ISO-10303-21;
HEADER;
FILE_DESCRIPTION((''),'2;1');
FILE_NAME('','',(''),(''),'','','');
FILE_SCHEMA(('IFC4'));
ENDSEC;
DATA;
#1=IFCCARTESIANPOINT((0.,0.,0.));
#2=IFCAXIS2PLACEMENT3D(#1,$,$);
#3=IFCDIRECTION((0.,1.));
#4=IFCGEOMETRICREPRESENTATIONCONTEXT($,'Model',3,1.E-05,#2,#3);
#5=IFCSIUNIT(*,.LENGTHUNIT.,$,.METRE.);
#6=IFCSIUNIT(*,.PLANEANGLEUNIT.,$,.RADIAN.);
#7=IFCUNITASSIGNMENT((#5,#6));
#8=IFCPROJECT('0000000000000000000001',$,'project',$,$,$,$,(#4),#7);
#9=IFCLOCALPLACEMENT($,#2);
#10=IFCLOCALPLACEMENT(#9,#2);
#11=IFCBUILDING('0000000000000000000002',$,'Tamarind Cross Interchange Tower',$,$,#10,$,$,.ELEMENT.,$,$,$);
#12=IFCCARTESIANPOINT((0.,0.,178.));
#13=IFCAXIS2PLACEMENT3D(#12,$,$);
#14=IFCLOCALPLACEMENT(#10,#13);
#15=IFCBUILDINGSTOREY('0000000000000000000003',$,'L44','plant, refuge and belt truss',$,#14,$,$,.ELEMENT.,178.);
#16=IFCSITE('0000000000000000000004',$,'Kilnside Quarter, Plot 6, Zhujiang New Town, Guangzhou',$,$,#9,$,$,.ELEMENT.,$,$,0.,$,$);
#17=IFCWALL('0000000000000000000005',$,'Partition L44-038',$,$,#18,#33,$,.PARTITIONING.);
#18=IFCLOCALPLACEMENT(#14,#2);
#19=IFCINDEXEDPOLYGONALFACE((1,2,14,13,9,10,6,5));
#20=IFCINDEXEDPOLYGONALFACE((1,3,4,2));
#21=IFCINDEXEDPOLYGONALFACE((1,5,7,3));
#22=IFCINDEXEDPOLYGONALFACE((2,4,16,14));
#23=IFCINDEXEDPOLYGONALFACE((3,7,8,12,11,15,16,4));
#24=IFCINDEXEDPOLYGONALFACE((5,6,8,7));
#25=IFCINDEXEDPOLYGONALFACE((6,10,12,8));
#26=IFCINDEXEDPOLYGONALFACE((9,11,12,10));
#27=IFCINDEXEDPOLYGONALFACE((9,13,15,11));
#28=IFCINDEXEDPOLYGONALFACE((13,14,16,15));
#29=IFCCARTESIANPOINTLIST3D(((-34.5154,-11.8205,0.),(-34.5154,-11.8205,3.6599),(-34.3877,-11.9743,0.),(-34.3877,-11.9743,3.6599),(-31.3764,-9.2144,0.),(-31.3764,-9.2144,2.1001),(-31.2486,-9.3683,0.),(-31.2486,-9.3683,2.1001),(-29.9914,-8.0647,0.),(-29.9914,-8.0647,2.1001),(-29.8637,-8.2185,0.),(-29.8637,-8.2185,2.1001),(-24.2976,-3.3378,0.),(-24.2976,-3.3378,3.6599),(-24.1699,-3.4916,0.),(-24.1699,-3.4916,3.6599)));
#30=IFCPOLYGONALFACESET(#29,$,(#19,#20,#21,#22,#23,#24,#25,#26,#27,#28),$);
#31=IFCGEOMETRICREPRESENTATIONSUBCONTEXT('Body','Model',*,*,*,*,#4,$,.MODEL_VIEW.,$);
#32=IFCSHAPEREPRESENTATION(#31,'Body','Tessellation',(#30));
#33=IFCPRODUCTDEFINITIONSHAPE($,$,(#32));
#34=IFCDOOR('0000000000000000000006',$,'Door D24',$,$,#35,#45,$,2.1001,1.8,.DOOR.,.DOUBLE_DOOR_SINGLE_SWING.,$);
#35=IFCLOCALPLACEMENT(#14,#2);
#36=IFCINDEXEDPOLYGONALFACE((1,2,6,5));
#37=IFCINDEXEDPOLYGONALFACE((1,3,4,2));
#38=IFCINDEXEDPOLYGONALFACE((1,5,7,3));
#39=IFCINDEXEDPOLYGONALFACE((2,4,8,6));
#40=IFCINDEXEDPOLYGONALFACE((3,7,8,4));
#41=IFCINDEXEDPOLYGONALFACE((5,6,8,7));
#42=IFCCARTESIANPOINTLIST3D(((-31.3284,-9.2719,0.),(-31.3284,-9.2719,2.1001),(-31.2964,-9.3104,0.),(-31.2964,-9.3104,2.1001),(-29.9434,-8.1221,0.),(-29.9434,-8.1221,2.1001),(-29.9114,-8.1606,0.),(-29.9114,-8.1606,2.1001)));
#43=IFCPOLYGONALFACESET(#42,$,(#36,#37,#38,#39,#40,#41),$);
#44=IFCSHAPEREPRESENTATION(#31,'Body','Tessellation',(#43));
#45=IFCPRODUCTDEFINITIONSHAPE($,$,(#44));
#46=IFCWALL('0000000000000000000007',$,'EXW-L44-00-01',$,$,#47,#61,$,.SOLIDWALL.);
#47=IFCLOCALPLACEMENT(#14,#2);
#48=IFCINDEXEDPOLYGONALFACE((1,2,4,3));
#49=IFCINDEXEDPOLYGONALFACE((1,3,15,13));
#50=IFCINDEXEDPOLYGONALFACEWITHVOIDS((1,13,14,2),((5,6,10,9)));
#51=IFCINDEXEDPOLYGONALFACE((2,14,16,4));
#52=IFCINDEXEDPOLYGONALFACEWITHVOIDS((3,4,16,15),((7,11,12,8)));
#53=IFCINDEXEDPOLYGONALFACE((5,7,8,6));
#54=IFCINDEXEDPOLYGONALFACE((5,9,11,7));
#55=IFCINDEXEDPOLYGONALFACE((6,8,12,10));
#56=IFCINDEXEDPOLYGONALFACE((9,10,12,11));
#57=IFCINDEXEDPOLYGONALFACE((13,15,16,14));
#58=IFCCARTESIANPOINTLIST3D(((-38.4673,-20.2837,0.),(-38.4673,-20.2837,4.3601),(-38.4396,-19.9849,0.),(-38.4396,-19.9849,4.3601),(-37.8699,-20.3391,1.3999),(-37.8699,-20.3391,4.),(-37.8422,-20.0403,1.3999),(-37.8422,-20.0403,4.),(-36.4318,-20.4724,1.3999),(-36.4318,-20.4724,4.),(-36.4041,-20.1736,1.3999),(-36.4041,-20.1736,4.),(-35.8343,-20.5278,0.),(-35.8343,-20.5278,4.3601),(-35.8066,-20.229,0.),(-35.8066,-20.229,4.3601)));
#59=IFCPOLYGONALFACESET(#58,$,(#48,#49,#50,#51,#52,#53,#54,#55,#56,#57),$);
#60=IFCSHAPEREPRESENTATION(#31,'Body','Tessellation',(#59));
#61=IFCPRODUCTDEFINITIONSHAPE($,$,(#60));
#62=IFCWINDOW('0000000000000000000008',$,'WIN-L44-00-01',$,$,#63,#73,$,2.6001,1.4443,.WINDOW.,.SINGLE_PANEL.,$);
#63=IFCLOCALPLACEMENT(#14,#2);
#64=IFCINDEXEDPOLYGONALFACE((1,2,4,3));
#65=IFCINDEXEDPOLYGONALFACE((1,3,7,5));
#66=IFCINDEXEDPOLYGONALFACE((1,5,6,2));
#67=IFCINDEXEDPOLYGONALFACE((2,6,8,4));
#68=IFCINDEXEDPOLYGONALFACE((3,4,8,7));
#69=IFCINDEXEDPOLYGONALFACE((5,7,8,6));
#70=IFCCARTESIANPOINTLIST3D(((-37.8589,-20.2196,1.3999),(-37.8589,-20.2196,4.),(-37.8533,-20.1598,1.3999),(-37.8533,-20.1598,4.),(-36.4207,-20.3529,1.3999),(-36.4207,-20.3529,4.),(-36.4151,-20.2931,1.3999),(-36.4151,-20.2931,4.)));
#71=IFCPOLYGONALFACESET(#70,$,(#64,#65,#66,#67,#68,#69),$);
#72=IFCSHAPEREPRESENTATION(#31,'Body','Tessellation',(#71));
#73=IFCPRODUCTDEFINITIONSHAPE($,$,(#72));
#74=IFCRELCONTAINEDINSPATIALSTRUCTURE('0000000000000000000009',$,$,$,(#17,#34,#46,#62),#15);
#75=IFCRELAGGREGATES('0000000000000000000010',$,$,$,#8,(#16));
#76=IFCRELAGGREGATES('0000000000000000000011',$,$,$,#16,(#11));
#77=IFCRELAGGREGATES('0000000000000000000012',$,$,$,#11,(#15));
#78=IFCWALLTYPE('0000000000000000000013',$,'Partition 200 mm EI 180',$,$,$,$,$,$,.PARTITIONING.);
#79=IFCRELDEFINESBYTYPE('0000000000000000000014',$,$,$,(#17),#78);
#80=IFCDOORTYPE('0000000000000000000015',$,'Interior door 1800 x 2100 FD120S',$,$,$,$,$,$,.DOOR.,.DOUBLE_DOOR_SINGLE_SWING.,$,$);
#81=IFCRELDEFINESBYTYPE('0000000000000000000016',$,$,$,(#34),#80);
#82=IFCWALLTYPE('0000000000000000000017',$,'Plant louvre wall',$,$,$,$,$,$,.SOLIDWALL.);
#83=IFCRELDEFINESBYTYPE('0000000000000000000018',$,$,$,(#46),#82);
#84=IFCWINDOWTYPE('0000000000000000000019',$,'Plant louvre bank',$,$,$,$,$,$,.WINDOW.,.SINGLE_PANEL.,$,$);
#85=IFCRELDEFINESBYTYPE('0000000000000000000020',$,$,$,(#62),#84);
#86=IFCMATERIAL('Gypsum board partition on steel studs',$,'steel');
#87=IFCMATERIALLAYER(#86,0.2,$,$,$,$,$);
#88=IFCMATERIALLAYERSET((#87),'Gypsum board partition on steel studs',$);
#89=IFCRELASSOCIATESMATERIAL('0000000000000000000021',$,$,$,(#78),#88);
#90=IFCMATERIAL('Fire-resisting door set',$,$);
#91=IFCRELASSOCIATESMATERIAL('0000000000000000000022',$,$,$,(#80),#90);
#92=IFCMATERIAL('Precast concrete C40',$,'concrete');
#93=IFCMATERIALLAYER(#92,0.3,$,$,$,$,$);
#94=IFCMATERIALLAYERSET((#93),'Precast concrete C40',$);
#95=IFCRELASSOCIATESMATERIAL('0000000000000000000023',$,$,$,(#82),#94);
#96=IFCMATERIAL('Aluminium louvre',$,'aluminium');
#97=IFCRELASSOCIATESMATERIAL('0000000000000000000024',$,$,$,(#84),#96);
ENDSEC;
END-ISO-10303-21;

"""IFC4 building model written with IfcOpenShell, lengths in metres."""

from ifc_helpers import new_model, si_unit, direction, frame, frame_2d, origin, place, context, subcontext, project, spatial, rectangle, extrude, material, layer, layer_set, type_object, element, fill, save


model = new_model("IFC4")

# Units and contexts
model_context = context("Model", 3, precision=1e-05, world=origin(), true_north=direction((0.0, 1.0)))
body_context = subcontext(model_context, "Body", "Model", "MODEL_VIEW")
ifc_project = project(units=[si_unit("LENGTHUNIT", "METRE"), si_unit("PLANEANGLEUNIT", "RADIAN")], contexts=[model_context])

# Site, building, storey
site_placement = place(None, origin())
site = spatial("IfcSite", under=ifc_project, at=site_placement, Name="Kilnside Quarter, Plot 6, Zhujiang New Town, Guangzhou", CompositionType="ELEMENT", RefElevation=0.0)
building_placement = place(site_placement, origin())
building = spatial("IfcBuilding", under=site, at=building_placement, Name="Tamarind Cross Interchange Tower", CompositionType="ELEMENT")
storey_placement = place(building_placement, frame((0.0, 0.0, 178.0)))
storey = spatial("IfcBuildingStorey", under=building, at=storey_placement, Name="L44", Description="plant, refuge and belt truss", CompositionType="ELEMENT", Elevation=178.0)

# Wall, opening, door
ifc_material_1 = material(Name="Gypsum board partition on steel studs", Category="steel")
ifc_layer_1 = layer(ifc_material_1, 0.2)
ifc_layer_set_1 = layer_set([ifc_layer_1], Name="Gypsum board partition on steel studs")
wall_type_1 = type_object("IfcWallType", Name="Partition 200 mm EI 180", PredefinedType="PARTITIONING", material=ifc_layer_set_1)
wall_1_placement = place(storey_placement, frame((-34.4517, -11.8975, 0.0), z_axis=(0.0, 0.0, 1.0), x_axis=(0.76941, 0.638755, 0.0)))
wall_1 = element("IfcWall", 1, at=wall_1_placement, inside=storey, type_object=wall_type_1, Name="Partition L44-038", PredefinedType="PARTITIONING", context=body_context, shape_type="SweptSolid", body=[
    extrude(rectangle(XDim=13.28, YDim=0.2, at=frame_2d((6.6401, 0.0))), origin(), (0.0, 0.0, 1.0), 3.6599),
])
opening_1_placement = place(wall_1_placement, frame((4.0801, 0.0, 0.0)))
opening_1 = element("IfcOpeningElement", 2, at=opening_1_placement, cuts=wall_1, PredefinedType="OPENING", context=body_context, shape_type="SweptSolid", body=[
    extrude(rectangle(XDim=1.8, YDim=2.1001, at=frame_2d((0.8999, 1.05))), frame((0.0, 0.1099, 0.0), z_axis=(0.0, -1.0, 0.0), x_axis=(1.0, 0.0, 0.0)), (0.0, 0.0, 1.0), 0.22),
])
ifc_material_2 = material(Name="Fire-resisting door set")
door_type = type_object("IfcDoorType", Name="Interior door 1800 x 2100 FD120S", OperationType="DOUBLE_DOOR_SINGLE_SWING", PredefinedType="DOOR", material=ifc_material_2)
door_placement = place(opening_1_placement, frame((1.8, 0.0, 0.0), z_axis=(0.0, 0.0, 1.0), x_axis=(-1.0, 0.0, 0.0)))
door = element("IfcDoor", 3, at=door_placement, inside=storey, type_object=door_type, Name="Door D24", OperationType="DOUBLE_DOOR_SINGLE_SWING", OverallHeight=2.1001, OverallWidth=1.8, PredefinedType="DOOR", context=body_context, shape_type="SweptSolid", body=[
    extrude(rectangle(XDim=1.8, YDim=2.1001, at=frame_2d((0.8999, 1.05))), frame((0.0, 0.0249, 0.0), z_axis=(0.0, -1.0, 0.0), x_axis=(1.0, 0.0, 0.0)), (0.0, 0.0, 1.0), 0.05),
])
fill(opening_1, door)

# Wall, opening, window
ifc_material_3 = material(Name="Precast concrete C40", Category="concrete")
ifc_layer_2 = layer(ifc_material_3, 0.3)
ifc_layer_set_2 = layer_set([ifc_layer_2], Name="Precast concrete C40")
wall_type_2 = type_object("IfcWallType", Name="Plant louvre wall", PredefinedType="SOLIDWALL", material=ifc_layer_set_2)
wall_2_placement = place(storey_placement, frame((-38.4536, -20.1343, 0.0), z_axis=(0.0, 0.0, 1.0), x_axis=(0.995729, -0.092325, 0.0)))
wall_2 = element("IfcWall", 4, at=wall_2_placement, inside=storey, type_object=wall_type_2, Name="EXW-L44-00-01", PredefinedType="SOLIDWALL", context=body_context, shape_type="SweptSolid", body=[
    extrude(rectangle(XDim=2.6443, YDim=0.3, at=frame_2d((1.3223, 0.0))), origin(), (0.0, 0.0, 1.0), 4.3601),
])
opening_2_placement = place(wall_2_placement, frame((0.6001, 0.0, 1.3999)))
opening_2 = element("IfcOpeningElement", 5, at=opening_2_placement, cuts=wall_2, PredefinedType="OPENING", context=body_context, shape_type="SweptSolid", body=[
    extrude(rectangle(XDim=1.4443, YDim=2.6001, at=frame_2d((0.7222, 1.3))), frame((0.0, 0.1599, 0.0), z_axis=(0.0, -1.0, 0.0), x_axis=(1.0, 0.0, 0.0)), (0.0, 0.0, 1.0), 0.3201),
])
ifc_material_4 = material(Name="Aluminium louvre", Category="aluminium")
window_type_1 = type_object("IfcWindowType", Name="Plant louvre bank", PartitioningType="SINGLE_PANEL", PredefinedType="WINDOW", material=ifc_material_4)
window_1_placement = place(opening_2_placement, origin())
window_1 = element("IfcWindow", 6, at=window_1_placement, inside=storey, type_object=window_type_1, Name="WIN-L44-00-01", OverallHeight=2.6001, OverallWidth=1.4443, PartitioningType="SINGLE_PANEL", PredefinedType="WINDOW", context=body_context, shape_type="SweptSolid", body=[
    extrude(rectangle(XDim=1.4443, YDim=2.6001, at=frame_2d((0.7222, 1.3))), frame((0.0, 0.03, 0.0), z_axis=(0.0, -1.0, 0.0), x_axis=(1.0, 0.0, 0.0)), (0.0, 0.0, 1.0), 0.0601),
])
fill(opening_2, window_1)

save(model, "model.ifc")
